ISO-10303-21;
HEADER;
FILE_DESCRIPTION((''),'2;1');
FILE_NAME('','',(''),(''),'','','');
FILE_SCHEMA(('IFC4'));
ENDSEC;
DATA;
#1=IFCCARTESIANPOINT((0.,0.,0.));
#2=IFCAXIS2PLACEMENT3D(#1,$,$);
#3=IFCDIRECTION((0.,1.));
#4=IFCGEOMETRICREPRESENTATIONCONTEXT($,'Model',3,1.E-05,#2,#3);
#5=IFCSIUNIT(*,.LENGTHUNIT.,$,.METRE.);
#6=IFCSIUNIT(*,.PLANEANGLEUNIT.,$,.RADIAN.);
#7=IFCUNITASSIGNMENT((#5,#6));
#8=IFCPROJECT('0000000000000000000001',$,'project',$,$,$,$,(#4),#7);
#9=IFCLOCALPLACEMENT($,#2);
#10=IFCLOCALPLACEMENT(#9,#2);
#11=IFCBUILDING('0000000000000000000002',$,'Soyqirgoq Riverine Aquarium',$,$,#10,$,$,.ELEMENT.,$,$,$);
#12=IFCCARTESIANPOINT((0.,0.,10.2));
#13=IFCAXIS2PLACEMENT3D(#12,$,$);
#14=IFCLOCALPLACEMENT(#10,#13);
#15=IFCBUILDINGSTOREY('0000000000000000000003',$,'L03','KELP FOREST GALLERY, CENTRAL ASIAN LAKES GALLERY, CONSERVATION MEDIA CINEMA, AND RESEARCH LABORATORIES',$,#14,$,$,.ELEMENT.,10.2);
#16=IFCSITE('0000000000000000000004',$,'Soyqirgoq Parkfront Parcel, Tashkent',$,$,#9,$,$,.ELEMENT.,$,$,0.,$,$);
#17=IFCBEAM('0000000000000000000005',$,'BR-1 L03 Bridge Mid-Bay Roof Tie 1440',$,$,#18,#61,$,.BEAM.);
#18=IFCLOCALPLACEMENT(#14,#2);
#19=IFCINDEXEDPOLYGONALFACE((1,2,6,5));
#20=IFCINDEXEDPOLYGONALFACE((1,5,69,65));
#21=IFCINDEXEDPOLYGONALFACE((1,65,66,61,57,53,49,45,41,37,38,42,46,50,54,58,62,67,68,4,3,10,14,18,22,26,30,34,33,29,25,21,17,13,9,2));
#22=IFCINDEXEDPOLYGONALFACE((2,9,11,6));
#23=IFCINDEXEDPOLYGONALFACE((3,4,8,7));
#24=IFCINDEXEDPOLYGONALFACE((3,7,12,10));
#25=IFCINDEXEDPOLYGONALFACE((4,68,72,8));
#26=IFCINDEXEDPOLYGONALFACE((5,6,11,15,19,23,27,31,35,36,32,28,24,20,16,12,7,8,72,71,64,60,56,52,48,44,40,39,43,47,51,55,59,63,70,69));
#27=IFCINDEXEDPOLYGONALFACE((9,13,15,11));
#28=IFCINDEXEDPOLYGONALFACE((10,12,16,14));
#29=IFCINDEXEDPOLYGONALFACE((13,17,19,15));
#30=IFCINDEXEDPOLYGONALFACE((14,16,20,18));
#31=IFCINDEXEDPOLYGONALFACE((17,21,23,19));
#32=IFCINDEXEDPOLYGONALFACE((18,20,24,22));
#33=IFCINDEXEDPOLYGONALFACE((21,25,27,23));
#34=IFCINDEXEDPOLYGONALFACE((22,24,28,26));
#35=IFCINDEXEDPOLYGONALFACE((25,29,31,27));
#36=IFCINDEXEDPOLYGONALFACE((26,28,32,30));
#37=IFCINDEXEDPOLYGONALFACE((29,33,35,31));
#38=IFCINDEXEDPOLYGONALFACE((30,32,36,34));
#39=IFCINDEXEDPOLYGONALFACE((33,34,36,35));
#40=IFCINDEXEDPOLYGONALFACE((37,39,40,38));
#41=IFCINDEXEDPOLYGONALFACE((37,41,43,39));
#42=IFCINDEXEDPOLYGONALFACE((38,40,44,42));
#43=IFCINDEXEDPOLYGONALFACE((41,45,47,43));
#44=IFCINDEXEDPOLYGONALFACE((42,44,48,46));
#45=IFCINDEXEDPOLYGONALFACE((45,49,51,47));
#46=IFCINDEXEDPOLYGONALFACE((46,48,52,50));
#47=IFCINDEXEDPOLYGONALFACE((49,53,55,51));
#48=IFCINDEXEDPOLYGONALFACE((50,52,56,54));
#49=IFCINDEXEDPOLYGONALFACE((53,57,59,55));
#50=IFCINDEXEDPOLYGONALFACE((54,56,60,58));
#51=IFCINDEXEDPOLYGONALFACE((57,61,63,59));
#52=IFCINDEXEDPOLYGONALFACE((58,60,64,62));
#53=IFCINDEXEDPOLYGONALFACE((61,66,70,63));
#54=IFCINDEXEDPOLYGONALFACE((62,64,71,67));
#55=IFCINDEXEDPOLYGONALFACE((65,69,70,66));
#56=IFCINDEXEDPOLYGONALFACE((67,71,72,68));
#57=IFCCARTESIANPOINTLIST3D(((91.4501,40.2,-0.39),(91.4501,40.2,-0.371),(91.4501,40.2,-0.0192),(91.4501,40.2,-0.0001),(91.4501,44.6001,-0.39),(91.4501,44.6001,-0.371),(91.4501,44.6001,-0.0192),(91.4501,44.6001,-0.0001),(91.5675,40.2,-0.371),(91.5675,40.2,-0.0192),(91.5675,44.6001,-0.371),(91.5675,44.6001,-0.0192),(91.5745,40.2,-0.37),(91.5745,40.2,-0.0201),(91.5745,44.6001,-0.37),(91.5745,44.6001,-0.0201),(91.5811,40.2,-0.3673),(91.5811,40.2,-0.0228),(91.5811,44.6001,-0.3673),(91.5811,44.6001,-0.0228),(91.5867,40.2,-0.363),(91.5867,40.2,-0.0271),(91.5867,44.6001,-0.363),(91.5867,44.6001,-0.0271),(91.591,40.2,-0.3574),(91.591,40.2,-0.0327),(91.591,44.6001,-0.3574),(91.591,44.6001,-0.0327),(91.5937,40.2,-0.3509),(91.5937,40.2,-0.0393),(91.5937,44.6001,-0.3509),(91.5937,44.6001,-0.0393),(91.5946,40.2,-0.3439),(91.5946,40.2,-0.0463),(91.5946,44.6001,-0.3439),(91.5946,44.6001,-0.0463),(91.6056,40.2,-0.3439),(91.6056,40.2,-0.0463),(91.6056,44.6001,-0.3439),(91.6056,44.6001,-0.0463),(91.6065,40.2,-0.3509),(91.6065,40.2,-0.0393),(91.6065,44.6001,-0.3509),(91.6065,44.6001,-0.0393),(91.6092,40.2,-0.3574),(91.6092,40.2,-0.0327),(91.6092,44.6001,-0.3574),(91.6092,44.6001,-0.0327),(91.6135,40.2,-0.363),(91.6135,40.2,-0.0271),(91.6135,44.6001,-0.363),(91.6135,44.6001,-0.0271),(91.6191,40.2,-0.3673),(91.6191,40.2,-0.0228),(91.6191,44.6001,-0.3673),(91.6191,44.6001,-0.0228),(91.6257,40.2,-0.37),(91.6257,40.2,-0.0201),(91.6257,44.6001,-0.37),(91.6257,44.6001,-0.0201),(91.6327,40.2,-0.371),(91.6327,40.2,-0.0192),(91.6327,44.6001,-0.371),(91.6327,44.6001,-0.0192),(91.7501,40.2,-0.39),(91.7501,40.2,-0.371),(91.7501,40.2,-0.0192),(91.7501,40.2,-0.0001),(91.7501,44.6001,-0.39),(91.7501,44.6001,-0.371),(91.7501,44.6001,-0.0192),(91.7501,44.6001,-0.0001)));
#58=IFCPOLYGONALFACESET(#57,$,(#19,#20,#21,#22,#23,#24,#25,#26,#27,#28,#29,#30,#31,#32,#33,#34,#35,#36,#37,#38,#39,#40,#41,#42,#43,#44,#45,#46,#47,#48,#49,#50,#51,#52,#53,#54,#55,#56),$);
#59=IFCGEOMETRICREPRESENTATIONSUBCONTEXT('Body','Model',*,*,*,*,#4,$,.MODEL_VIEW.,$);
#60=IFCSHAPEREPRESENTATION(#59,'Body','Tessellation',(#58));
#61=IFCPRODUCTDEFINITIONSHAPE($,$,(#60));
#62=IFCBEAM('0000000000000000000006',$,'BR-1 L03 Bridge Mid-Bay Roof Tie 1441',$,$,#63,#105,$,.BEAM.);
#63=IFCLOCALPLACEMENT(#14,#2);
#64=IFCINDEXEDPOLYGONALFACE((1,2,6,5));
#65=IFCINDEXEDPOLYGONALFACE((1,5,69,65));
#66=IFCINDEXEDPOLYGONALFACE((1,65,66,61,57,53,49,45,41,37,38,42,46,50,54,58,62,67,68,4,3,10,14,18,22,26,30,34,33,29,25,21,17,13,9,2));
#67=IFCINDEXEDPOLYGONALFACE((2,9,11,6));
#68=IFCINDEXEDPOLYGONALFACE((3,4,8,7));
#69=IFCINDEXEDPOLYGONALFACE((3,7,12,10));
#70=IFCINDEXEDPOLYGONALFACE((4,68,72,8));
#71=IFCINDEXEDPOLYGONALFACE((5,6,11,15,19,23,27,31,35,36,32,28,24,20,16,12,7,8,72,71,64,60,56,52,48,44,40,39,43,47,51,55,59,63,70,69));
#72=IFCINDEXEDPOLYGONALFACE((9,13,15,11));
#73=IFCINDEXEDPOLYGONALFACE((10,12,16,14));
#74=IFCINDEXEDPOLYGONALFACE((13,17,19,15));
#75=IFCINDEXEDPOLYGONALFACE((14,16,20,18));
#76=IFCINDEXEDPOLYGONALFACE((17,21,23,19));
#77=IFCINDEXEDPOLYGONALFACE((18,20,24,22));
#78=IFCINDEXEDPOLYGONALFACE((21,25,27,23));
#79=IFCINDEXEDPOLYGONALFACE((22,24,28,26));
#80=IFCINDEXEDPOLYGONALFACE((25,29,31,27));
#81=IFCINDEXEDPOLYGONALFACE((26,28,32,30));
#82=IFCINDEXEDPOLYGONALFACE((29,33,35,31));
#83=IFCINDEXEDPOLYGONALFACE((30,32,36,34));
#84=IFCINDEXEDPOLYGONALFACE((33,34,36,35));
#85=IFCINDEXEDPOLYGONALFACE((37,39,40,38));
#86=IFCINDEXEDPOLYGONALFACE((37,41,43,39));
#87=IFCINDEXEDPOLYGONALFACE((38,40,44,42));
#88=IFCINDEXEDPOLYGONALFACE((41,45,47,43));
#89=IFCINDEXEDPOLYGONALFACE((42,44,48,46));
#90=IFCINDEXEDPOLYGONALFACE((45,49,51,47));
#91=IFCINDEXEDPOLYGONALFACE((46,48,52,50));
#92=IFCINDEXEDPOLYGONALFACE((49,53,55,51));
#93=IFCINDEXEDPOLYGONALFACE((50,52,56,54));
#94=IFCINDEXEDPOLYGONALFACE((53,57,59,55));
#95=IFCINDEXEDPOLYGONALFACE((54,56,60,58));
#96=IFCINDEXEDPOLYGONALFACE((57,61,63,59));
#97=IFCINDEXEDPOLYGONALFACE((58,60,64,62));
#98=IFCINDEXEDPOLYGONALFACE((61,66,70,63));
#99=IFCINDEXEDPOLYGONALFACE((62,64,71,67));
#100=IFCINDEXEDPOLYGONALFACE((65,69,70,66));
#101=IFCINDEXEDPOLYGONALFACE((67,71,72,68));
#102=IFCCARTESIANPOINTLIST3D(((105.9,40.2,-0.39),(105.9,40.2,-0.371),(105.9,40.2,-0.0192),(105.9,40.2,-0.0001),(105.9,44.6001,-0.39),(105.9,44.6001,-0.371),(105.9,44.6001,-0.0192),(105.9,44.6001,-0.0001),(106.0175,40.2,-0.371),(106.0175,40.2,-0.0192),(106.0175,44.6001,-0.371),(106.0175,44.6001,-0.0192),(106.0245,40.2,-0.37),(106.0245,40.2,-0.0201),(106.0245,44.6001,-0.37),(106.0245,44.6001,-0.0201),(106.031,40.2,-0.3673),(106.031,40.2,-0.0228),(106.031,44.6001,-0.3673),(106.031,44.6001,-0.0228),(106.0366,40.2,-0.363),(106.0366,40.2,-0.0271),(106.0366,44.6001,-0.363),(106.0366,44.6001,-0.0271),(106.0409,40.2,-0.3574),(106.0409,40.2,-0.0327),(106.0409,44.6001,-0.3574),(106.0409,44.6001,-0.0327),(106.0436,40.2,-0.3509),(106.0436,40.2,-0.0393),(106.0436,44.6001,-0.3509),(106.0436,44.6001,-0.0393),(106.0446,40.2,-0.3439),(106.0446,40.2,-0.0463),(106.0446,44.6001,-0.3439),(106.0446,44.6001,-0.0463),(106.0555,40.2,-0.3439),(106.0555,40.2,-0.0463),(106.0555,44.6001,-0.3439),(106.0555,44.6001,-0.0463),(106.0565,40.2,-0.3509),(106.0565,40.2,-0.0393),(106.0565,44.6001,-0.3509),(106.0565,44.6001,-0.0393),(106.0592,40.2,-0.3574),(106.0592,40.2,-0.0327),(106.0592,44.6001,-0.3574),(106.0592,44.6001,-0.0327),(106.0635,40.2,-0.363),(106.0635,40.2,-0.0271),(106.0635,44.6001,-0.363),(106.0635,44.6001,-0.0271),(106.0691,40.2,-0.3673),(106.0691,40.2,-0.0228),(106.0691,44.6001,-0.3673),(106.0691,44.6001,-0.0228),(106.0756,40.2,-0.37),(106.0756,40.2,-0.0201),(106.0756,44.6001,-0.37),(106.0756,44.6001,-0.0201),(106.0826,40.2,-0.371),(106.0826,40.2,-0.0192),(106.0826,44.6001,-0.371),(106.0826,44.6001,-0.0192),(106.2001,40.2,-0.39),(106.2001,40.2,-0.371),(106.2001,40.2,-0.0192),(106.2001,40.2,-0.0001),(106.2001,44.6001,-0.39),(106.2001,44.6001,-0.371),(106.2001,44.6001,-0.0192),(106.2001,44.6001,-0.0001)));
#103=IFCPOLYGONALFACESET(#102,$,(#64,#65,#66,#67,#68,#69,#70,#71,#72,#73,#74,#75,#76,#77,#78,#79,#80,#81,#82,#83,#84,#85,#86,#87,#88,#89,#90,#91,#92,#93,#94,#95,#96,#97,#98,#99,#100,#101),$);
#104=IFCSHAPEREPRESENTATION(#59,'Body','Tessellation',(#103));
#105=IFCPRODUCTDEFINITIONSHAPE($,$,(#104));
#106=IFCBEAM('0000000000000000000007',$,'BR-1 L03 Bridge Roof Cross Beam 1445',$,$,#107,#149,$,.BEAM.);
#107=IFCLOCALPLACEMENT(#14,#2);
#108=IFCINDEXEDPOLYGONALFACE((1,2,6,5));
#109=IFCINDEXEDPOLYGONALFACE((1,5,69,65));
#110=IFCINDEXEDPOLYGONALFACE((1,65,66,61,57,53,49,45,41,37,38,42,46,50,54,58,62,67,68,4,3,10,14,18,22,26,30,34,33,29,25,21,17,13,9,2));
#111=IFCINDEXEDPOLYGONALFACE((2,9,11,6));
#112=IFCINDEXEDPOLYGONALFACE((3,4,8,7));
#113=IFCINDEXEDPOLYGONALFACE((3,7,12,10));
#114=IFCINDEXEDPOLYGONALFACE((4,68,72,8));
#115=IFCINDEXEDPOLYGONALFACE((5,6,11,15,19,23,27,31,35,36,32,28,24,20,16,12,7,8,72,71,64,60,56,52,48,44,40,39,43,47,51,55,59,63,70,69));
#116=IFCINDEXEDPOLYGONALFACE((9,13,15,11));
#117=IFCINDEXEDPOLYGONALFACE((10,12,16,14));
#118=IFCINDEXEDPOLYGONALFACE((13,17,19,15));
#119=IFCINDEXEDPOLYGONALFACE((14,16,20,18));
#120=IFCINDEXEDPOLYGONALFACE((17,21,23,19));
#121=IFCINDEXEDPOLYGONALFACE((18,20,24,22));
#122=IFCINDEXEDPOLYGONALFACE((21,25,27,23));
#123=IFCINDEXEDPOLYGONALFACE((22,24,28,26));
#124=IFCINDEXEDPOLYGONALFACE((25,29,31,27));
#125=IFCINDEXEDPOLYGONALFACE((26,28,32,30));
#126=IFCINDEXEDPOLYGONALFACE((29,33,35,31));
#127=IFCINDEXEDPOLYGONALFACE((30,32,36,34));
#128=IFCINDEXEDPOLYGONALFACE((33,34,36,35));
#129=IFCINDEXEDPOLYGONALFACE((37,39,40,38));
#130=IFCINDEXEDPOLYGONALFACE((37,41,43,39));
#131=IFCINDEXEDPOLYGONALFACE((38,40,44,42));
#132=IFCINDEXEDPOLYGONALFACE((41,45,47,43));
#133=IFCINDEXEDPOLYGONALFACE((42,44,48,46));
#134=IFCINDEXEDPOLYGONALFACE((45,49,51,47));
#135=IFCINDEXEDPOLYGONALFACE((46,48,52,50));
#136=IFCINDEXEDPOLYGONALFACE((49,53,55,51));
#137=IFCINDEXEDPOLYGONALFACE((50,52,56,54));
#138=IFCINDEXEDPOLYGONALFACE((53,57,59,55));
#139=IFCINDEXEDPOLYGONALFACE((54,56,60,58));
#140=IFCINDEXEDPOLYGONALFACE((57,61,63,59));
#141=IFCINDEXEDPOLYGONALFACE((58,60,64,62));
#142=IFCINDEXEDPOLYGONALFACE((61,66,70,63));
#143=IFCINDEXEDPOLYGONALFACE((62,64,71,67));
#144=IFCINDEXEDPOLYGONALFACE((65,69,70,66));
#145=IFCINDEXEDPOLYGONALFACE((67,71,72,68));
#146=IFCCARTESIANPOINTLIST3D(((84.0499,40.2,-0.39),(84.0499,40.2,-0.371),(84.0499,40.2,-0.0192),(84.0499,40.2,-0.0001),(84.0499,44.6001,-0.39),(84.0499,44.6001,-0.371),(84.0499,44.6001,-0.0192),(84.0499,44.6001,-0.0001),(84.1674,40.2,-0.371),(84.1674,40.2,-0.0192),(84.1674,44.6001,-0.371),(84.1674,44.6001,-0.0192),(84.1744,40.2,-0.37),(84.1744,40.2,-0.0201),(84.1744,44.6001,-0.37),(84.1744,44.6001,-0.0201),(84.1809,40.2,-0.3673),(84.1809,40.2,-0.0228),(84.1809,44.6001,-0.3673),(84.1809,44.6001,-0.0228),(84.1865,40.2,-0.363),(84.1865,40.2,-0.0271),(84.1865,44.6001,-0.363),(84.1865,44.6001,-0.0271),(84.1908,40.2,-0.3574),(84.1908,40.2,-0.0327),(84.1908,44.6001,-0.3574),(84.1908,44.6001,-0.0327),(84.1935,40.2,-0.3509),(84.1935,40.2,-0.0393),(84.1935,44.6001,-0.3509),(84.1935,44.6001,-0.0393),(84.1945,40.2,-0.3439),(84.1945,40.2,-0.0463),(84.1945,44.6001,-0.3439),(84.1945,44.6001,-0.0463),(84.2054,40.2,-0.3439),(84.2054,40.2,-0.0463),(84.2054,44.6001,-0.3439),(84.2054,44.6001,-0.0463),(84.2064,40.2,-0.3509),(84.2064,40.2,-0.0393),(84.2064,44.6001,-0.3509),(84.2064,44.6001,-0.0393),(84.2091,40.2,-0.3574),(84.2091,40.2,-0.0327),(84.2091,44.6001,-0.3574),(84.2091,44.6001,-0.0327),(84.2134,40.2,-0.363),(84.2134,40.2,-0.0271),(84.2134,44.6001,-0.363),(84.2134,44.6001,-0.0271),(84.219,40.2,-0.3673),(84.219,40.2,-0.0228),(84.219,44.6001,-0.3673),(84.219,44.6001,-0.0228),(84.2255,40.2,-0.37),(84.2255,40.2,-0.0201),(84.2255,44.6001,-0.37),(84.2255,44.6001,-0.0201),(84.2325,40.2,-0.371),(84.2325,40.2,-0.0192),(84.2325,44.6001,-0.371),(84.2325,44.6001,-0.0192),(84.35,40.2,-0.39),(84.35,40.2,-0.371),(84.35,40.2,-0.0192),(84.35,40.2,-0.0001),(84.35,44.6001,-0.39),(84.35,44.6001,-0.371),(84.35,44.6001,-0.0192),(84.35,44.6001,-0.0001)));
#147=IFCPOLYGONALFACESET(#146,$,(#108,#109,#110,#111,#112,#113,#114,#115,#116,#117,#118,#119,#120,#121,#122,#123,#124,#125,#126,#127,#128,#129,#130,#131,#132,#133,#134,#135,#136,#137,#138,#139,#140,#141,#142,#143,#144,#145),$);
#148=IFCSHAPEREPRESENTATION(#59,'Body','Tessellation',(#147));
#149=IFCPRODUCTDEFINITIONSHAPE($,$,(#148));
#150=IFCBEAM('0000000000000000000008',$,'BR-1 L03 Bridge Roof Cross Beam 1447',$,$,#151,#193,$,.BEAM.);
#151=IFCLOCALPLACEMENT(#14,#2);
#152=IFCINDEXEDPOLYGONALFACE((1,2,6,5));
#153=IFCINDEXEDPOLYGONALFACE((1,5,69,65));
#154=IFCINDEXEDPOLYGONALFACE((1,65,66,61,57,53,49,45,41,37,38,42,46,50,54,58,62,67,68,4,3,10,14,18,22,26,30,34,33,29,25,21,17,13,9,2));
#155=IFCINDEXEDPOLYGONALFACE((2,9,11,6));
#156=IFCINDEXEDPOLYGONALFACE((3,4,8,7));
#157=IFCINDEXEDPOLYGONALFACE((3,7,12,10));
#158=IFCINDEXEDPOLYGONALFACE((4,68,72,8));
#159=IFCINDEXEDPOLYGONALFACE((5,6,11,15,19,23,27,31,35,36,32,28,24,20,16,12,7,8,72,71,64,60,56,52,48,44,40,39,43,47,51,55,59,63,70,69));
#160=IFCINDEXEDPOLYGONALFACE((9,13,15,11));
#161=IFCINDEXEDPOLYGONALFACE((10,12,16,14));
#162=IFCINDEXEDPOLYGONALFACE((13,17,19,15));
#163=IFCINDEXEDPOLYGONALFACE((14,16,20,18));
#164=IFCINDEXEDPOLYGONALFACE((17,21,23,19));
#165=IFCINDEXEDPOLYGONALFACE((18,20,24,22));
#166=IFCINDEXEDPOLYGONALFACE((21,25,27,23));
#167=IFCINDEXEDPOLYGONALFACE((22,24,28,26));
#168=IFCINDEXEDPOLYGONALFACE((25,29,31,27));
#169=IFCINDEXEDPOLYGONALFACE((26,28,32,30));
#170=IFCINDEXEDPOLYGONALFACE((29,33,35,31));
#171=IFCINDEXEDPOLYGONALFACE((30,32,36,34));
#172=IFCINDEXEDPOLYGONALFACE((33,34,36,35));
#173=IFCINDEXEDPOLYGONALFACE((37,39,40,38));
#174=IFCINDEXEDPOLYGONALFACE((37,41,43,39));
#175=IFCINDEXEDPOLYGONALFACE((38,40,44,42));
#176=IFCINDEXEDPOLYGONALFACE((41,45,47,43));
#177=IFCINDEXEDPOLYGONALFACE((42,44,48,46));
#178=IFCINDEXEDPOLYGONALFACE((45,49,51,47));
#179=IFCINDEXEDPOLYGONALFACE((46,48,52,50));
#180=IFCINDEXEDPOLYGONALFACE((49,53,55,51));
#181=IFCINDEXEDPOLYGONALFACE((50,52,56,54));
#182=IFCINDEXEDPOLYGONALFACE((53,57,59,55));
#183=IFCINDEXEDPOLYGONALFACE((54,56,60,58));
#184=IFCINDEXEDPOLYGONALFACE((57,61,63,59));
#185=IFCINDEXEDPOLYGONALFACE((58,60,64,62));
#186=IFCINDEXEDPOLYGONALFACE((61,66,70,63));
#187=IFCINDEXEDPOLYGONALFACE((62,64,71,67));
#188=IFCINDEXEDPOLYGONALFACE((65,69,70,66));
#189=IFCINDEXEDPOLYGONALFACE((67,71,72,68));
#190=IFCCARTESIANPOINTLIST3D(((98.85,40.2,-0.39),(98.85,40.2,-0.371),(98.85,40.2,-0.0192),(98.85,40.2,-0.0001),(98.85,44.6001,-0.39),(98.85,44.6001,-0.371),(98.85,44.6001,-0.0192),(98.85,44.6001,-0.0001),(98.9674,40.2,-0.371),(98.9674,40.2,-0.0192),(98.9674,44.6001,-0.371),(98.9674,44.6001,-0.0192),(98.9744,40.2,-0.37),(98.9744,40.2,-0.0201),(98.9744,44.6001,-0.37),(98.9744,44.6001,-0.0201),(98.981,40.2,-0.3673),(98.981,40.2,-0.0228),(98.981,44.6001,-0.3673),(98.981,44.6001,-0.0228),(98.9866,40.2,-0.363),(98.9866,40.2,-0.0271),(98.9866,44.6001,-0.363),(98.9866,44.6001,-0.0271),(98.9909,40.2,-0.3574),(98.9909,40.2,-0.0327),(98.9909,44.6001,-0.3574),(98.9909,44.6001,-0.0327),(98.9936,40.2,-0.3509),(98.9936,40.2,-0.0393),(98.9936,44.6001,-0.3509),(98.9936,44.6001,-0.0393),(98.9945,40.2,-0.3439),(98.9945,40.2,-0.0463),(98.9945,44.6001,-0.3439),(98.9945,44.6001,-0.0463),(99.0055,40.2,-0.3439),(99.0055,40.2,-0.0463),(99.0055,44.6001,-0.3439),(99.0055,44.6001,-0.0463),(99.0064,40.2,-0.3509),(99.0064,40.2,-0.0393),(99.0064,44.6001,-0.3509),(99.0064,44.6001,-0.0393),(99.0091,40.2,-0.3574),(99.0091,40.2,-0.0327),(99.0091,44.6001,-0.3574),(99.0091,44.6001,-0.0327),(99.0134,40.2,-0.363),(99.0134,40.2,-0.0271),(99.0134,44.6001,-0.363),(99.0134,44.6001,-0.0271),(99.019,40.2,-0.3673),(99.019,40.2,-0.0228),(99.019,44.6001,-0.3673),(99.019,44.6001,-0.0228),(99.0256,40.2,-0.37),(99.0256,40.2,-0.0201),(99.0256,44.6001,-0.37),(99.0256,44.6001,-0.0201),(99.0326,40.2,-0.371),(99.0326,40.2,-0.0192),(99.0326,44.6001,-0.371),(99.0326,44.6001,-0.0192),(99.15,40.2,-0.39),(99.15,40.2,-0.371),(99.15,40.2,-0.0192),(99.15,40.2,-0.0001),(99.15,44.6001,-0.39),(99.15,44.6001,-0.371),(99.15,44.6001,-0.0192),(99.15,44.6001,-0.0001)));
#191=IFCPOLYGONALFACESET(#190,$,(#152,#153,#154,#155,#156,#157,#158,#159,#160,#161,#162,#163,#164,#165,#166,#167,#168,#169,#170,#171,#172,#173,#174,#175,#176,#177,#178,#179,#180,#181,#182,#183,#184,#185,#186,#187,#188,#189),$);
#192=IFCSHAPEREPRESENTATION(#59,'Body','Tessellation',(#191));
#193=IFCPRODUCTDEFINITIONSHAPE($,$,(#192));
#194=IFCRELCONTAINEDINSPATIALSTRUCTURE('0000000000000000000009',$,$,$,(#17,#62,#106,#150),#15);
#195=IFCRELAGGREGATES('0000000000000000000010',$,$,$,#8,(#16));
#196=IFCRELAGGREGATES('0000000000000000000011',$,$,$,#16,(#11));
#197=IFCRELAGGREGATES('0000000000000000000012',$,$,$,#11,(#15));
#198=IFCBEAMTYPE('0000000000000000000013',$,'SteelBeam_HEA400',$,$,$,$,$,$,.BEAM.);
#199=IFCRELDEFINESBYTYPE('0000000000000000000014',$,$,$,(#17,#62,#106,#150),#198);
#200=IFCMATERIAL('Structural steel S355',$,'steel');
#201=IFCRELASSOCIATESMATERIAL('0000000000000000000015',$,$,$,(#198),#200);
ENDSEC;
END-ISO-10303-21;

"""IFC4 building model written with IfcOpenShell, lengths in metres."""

from ifc_helpers import new_model, si_unit, direction, frame, origin, origin_2d, place, context, subcontext, project, spatial, i_section, extrude, material, material_profile, profile_set, type_object, element, save


model = new_model("IFC4")

# Units and contexts
model_context = context("Model", 3, precision=1e-05, world=origin(), true_north=direction((0.0, 1.0)))
body_context = subcontext(model_context, "Body", "Model", "MODEL_VIEW")
ifc_project = project(units=[si_unit("LENGTHUNIT", "METRE"), si_unit("PLANEANGLEUNIT", "RADIAN")], contexts=[model_context])

# Site, building, storey
site_placement = place(None, origin())
site = spatial("IfcSite", under=ifc_project, at=site_placement, Name="Soyqirgoq Parkfront Parcel, Tashkent", CompositionType="ELEMENT", RefElevation=0.0)
building_placement = place(site_placement, origin())
building = spatial("IfcBuilding", under=site, at=building_placement, Name="Soyqirgoq Riverine Aquarium", CompositionType="ELEMENT")
storey_placement = place(building_placement, frame((0.0, 0.0, 10.2)))
storey = spatial("IfcBuildingStorey", under=building, at=storey_placement, Name="L03", Description="KELP FOREST GALLERY, CENTRAL ASIAN LAKES GALLERY, CONSERVATION MEDIA CINEMA, AND RESEARCH LABORATORIES", CompositionType="ELEMENT", Elevation=10.2)

# Beams
ifc_material_1 = material(Name="Structural steel S355", Category="steel")
ifc_material_profile_1 = material_profile(ifc_material_1, i_section(OverallWidth=0.3, OverallDepth=0.3899, WebThickness=0.011, FlangeThickness=0.019, FilletRadius=0.0271, at=origin_2d()), Name="HEA 400")
ifc_profile_set_1 = profile_set([ifc_material_profile_1], Name="Structural steel S355")
beam_type_1 = type_object("IfcBeamType", Name="SteelBeam_HEA400", PredefinedType="BEAM", material=ifc_profile_set_1)
for number, where, z_axis, x_axis, name in (
    (1, (91.6001, 40.2, -0.1951), (0.0, 1.0, 0.0), (-1.0, 0.0, 0.0), "BR-1 L03 Bridge Mid-Bay Roof Tie 1440"),
    (2, (106.05, 40.2, -0.1951), (0.0, 1.0, 0.0), (-1.0, 0.0, 0.0), "BR-1 L03 Bridge Mid-Bay Roof Tie 1441"),
    (3, (84.2, 40.2, -0.1951), (0.0, 1.0, 0.0), (-1.0, 0.0, 0.0), "BR-1 L03 Bridge Roof Cross Beam 1445"),
    (4, (99.0, 40.2, -0.1951), (0.0, 1.0, 0.0), (-1.0, 0.0, 0.0), "BR-1 L03 Bridge Roof Cross Beam 1447"),
):
    element("IfcBeam", number, at=place(storey_placement, frame(where, z_axis=z_axis, x_axis=x_axis)), inside=storey, type_object=beam_type_1, Name=name, PredefinedType="BEAM", context=body_context, shape_type="SweptSolid", body=[
        extrude(i_section(OverallWidth=0.3, OverallDepth=0.3899, WebThickness=0.011, FlangeThickness=0.019, FilletRadius=0.0271, at=origin_2d()), origin(), (0.0, 0.0, 1.0), 4.4001),
    ])

save(model, "model.ifc")
